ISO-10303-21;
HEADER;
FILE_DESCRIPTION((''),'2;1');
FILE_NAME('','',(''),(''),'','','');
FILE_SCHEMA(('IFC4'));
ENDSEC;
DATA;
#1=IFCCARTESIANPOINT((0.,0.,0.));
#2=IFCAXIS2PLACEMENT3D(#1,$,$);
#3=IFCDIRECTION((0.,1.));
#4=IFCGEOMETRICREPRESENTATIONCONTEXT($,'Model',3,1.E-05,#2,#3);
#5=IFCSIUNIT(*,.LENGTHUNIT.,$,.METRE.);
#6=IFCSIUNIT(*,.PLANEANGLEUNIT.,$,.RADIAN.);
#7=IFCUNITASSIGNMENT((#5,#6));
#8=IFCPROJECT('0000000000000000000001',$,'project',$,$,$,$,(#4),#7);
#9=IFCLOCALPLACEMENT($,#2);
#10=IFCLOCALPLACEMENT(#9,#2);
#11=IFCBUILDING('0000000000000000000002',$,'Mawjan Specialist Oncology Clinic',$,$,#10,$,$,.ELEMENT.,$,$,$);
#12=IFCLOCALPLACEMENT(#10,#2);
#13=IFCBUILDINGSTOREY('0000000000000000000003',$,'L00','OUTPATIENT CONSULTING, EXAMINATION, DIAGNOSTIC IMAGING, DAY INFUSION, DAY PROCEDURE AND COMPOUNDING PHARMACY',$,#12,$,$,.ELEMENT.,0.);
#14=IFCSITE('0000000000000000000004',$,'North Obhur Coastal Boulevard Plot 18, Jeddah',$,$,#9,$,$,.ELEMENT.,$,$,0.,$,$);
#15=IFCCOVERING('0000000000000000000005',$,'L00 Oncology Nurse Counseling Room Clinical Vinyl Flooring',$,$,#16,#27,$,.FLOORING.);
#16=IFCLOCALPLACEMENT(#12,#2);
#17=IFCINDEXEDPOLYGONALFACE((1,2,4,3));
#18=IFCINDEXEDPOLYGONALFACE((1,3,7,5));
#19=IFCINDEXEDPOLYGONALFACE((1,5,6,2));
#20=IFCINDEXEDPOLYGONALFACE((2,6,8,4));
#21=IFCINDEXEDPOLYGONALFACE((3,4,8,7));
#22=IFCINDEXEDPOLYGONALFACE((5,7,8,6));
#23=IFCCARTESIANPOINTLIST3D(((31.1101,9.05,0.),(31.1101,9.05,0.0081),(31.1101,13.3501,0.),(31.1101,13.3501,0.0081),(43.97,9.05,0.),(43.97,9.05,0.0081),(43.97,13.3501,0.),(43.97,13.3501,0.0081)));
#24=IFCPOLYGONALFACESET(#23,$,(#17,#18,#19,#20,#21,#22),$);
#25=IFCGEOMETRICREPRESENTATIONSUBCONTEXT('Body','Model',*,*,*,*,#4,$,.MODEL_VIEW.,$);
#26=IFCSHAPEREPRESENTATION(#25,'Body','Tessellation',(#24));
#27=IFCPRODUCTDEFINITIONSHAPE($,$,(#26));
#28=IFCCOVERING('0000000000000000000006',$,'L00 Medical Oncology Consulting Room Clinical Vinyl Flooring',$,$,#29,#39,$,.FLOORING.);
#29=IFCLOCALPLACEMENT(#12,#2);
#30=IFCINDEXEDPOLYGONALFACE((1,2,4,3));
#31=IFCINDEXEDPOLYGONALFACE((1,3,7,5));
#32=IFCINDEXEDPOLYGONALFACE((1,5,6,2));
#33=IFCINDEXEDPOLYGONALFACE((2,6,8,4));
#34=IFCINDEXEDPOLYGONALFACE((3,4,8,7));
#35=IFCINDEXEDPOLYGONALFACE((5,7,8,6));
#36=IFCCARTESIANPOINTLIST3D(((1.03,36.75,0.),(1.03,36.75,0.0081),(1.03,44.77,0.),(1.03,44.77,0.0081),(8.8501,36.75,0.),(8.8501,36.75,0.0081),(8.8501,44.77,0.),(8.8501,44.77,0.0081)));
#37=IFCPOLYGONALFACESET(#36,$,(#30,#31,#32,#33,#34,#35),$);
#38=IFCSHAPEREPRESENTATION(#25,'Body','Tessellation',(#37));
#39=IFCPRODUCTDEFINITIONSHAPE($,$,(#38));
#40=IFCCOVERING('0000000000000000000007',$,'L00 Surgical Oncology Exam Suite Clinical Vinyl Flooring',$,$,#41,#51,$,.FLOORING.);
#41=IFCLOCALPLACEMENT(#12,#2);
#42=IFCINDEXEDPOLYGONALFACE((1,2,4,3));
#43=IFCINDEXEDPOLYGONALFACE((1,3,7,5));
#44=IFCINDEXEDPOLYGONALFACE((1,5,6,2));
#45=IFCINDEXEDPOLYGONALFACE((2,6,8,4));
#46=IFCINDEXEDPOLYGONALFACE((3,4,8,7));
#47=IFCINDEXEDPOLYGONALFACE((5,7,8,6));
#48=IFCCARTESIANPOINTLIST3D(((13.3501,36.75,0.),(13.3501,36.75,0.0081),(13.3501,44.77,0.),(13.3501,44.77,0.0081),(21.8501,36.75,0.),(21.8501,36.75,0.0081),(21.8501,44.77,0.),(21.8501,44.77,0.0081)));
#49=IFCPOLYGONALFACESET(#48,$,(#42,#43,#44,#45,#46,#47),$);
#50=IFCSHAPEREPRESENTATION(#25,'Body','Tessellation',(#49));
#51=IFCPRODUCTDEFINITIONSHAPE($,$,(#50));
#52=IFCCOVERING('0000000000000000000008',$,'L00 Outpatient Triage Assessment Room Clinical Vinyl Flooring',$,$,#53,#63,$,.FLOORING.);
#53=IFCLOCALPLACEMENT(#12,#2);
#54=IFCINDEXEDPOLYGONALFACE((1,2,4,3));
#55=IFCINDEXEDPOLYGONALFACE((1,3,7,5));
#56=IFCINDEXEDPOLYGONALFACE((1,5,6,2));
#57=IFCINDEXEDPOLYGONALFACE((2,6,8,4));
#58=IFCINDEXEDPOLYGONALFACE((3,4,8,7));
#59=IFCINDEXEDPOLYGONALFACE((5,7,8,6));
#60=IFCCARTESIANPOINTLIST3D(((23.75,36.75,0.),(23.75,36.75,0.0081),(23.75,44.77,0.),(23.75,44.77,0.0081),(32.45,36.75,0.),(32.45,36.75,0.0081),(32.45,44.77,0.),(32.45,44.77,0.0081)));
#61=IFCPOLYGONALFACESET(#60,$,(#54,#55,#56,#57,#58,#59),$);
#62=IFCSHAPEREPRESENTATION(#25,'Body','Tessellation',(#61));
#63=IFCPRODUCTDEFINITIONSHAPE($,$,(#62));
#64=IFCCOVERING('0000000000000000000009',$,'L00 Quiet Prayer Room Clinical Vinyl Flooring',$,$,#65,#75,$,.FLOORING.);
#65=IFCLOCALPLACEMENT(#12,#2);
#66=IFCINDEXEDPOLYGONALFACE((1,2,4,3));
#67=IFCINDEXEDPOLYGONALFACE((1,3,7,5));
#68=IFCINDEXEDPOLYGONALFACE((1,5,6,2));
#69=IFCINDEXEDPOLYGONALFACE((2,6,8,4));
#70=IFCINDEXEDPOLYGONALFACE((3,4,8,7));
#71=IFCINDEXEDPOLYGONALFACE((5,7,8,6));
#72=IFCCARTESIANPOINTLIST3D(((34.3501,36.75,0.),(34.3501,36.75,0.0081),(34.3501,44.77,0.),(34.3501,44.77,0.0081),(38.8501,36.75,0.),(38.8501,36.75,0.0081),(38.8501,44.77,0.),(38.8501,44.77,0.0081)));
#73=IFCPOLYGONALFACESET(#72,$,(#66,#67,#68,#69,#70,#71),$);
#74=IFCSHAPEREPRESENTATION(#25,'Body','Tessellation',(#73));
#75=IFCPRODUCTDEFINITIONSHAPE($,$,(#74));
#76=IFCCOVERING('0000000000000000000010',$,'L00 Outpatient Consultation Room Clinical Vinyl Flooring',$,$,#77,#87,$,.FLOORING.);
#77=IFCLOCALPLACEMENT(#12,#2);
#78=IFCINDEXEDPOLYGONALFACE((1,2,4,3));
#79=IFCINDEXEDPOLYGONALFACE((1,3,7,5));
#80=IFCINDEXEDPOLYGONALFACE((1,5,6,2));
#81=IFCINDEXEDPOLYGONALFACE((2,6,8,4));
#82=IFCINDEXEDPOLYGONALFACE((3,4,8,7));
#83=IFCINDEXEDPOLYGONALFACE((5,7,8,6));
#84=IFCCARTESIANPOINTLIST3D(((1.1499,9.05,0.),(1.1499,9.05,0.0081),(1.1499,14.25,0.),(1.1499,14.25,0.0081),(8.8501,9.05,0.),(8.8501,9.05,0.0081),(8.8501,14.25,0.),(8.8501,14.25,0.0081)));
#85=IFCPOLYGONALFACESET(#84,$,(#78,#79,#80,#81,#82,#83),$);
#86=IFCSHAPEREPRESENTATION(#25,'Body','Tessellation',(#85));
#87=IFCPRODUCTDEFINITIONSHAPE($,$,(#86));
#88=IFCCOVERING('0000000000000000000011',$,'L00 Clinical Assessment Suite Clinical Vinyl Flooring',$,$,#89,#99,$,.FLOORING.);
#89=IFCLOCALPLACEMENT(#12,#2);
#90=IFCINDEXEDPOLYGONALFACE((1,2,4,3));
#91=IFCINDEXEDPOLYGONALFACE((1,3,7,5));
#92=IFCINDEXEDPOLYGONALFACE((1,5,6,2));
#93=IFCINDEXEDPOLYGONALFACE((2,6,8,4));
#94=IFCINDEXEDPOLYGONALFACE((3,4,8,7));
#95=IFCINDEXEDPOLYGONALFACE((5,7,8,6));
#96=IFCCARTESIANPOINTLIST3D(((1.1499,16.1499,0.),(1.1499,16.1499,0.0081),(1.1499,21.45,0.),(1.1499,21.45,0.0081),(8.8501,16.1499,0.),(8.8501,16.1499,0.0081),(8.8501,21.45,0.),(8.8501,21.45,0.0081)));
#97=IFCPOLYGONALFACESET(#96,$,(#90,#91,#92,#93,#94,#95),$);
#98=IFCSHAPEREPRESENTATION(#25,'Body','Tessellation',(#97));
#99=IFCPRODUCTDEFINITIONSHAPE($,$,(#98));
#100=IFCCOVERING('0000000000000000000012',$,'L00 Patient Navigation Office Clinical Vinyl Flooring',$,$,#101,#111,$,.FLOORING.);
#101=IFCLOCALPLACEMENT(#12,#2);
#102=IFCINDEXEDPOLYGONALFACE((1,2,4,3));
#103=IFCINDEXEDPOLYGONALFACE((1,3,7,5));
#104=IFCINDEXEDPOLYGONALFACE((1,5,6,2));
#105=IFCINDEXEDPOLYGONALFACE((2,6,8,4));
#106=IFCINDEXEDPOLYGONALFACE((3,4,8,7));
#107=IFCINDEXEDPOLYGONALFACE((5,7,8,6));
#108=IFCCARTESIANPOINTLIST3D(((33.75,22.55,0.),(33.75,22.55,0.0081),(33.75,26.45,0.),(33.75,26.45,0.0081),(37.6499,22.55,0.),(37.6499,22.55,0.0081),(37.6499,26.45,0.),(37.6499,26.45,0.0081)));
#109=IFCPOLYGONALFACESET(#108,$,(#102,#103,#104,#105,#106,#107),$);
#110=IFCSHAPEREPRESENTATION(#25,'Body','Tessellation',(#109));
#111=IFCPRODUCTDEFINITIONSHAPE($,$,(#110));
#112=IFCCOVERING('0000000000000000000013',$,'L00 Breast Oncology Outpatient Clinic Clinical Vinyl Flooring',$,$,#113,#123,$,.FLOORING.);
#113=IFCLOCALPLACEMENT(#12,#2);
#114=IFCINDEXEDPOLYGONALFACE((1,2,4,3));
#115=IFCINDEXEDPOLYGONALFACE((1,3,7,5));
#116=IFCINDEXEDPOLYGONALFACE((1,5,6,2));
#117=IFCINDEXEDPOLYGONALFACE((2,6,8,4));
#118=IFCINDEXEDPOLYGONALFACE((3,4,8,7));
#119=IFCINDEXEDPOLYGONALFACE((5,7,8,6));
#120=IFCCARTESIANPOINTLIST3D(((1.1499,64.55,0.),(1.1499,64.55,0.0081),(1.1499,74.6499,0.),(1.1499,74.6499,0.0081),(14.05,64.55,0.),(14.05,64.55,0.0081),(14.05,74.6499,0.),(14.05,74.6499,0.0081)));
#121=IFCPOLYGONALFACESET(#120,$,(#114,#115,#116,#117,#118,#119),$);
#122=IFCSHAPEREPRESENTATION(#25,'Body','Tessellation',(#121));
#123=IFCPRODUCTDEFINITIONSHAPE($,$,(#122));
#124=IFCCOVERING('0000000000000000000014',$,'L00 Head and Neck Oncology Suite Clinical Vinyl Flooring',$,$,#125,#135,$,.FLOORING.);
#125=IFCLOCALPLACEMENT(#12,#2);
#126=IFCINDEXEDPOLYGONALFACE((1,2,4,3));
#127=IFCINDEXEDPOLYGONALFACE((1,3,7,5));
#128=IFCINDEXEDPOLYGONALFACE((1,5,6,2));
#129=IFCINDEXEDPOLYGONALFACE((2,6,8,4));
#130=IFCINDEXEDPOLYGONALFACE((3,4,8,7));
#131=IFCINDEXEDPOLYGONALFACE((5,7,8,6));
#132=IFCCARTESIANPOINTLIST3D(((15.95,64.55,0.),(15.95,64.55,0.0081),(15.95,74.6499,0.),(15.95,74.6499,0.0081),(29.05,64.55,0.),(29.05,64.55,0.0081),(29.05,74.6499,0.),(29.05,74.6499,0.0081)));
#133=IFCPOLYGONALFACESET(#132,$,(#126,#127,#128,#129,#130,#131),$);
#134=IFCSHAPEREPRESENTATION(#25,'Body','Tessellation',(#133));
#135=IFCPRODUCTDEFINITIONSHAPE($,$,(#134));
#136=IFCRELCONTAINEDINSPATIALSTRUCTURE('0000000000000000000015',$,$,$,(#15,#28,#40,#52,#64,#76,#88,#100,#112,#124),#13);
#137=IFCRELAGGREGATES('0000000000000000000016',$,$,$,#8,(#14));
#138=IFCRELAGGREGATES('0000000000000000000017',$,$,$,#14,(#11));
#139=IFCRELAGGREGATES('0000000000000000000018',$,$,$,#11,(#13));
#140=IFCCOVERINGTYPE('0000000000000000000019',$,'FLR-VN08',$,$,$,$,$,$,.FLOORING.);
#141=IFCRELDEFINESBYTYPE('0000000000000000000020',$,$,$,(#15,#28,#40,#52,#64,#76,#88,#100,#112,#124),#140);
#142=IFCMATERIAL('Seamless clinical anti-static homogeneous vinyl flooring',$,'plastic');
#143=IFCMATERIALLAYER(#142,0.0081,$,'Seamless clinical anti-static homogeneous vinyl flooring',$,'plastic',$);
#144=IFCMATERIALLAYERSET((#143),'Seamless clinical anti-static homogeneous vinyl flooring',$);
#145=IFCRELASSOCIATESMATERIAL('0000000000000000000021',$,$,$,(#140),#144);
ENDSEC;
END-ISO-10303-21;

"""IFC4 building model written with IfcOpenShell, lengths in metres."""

from ifc_helpers import new_model, si_unit, direction, origin, place, context, subcontext, project, spatial, polyline, outline, extrude, material, layer, layer_set, type_object, element, save


model = new_model("IFC4")

# Units and contexts
model_context = context("Model", 3, precision=1e-05, world=origin(), true_north=direction((0.0, 1.0)))
body_context = subcontext(model_context, "Body", "Model", "MODEL_VIEW")
ifc_project = project(units=[si_unit("LENGTHUNIT", "METRE"), si_unit("PLANEANGLEUNIT", "RADIAN")], contexts=[model_context])

# Site, building, storey
site_placement = place(None, origin())
site = spatial("IfcSite", under=ifc_project, at=site_placement, Name="North Obhur Coastal Boulevard Plot 18, Jeddah", CompositionType="ELEMENT", RefElevation=0.0)
building_placement = place(site_placement, origin())
building = spatial("IfcBuilding", under=site, at=building_placement, Name="Mawjan Specialist Oncology Clinic", CompositionType="ELEMENT")
storey_placement = place(building_placement, origin())
storey = spatial("IfcBuildingStorey", under=building, at=storey_placement, Name="L00", Description="OUTPATIENT CONSULTING, EXAMINATION, DIAGNOSTIC IMAGING, DAY INFUSION, DAY PROCEDURE AND COMPOUNDING PHARMACY", CompositionType="ELEMENT", Elevation=0.0)

# Coverings
ifc_material_1 = material(Name="Seamless clinical anti-static homogeneous vinyl flooring", Category="plastic")
ifc_layer_1 = layer(ifc_material_1, 0.0081, Name="Seamless clinical anti-static homogeneous vinyl flooring", Category="plastic")
ifc_layer_set_1 = layer_set([ifc_layer_1], Name="Seamless clinical anti-static homogeneous vinyl flooring")
covering_type_1 = type_object("IfcCoveringType", Name="FLR-VN08", PredefinedType="FLOORING", material=ifc_layer_set_1)
covering_1_placement = place(storey_placement, origin())
element("IfcCovering", 1, at=covering_1_placement, inside=storey, type_object=covering_type_1, Name="L00 Oncology Nurse Counseling Room Clinical Vinyl Flooring", PredefinedType="FLOORING", context=body_context, shape_type="SweptSolid", body=[
    extrude(outline(polyline([(31.1101, 13.3501), (43.97, 13.3501), (43.97, 9.05), (31.1101, 9.05), (31.1101, 13.3501)])), origin(), (0.0, 0.0, 1.0), 0.0081),
])
covering_2_placement = place(storey_placement, origin())
element("IfcCovering", 2, at=covering_2_placement, inside=storey, type_object=covering_type_1, Name="L00 Medical Oncology Consulting Room Clinical Vinyl Flooring", PredefinedType="FLOORING", context=body_context, shape_type="SweptSolid", body=[
    extrude(outline(polyline([(1.03, 44.77), (8.8501, 44.77), (8.8501, 36.75), (1.03, 36.75), (1.03, 44.77)])), origin(), (0.0, 0.0, 1.0), 0.0081),
])
covering_3_placement = place(storey_placement, origin())
element("IfcCovering", 3, at=covering_3_placement, inside=storey, type_object=covering_type_1, Name="L00 Surgical Oncology Exam Suite Clinical Vinyl Flooring", PredefinedType="FLOORING", context=body_context, shape_type="SweptSolid", body=[
    extrude(outline(polyline([(13.3501, 44.77), (21.8501, 44.77), (21.8501, 36.75), (13.3501, 36.75), (13.3501, 44.77)])), origin(), (0.0, 0.0, 1.0), 0.0081),
])
covering_4_placement = place(storey_placement, origin())
element("IfcCovering", 4, at=covering_4_placement, inside=storey, type_object=covering_type_1, Name="L00 Outpatient Triage Assessment Room Clinical Vinyl Flooring", PredefinedType="FLOORING", context=body_context, shape_type="SweptSolid", body=[
    extrude(outline(polyline([(23.75, 44.77), (32.45, 44.77), (32.45, 36.75), (23.75, 36.75), (23.75, 44.77)])), origin(), (0.0, 0.0, 1.0), 0.0081),
])
covering_5_placement = place(storey_placement, origin())
element("IfcCovering", 5, at=covering_5_placement, inside=storey, type_object=covering_type_1, Name="L00 Quiet Prayer Room Clinical Vinyl Flooring", PredefinedType="FLOORING", context=body_context, shape_type="SweptSolid", body=[
    extrude(outline(polyline([(34.3501, 44.77), (38.8501, 44.77), (38.8501, 36.75), (34.3501, 36.75), (34.3501, 44.77)])), origin(), (0.0, 0.0, 1.0), 0.0081),
])
covering_6_placement = place(storey_placement, origin())
element("IfcCovering", 6, at=covering_6_placement, inside=storey, type_object=covering_type_1, Name="L00 Outpatient Consultation Room Clinical Vinyl Flooring", PredefinedType="FLOORING", context=body_context, shape_type="SweptSolid", body=[
    extrude(outline(polyline([(1.1499, 14.25), (8.8501, 14.25), (8.8501, 9.05), (1.1499, 9.05), (1.1499, 14.25)])), origin(), (0.0, 0.0, 1.0), 0.0081),
])
covering_7_placement = place(storey_placement, origin())
element("IfcCovering", 7, at=covering_7_placement, inside=storey, type_object=covering_type_1, Name="L00 Clinical Assessment Suite Clinical Vinyl Flooring", PredefinedType="FLOORING", context=body_context, shape_type="SweptSolid", body=[
    extrude(outline(polyline([(1.1499, 21.45), (8.8501, 21.45), (8.8501, 16.1499), (1.1499, 16.1499), (1.1499, 21.45)])), origin(), (0.0, 0.0, 1.0), 0.0081),
])
covering_8_placement = place(storey_placement, origin())
element("IfcCovering", 8, at=covering_8_placement, inside=storey, type_object=covering_type_1, Name="L00 Patient Navigation Office Clinical Vinyl Flooring", PredefinedType="FLOORING", context=body_context, shape_type="SweptSolid", body=[
    extrude(outline(polyline([(33.75, 26.45), (37.6499, 26.45), (37.6499, 22.55), (33.75, 22.55), (33.75, 26.45)])), origin(), (0.0, 0.0, 1.0), 0.0081),
])
covering_9_placement = place(storey_placement, origin())
element("IfcCovering", 9, at=covering_9_placement, inside=storey, type_object=covering_type_1, Name="L00 Breast Oncology Outpatient Clinic Clinical Vinyl Flooring", PredefinedType="FLOORING", context=body_context, shape_type="SweptSolid", body=[
    extrude(outline(polyline([(1.1499, 74.6499), (14.05, 74.6499), (14.05, 64.55), (1.1499, 64.55), (1.1499, 74.6499)])), origin(), (0.0, 0.0, 1.0), 0.0081),
])
covering_10_placement = place(storey_placement, origin())
element("IfcCovering", 10, at=covering_10_placement, inside=storey, type_object=covering_type_1, Name="L00 Head and Neck Oncology Suite Clinical Vinyl Flooring", PredefinedType="FLOORING", context=body_context, shape_type="SweptSolid", body=[
    extrude(outline(polyline([(15.95, 74.6499), (29.05, 74.6499), (29.05, 64.55), (15.95, 64.55), (15.95, 74.6499)])), origin(), (0.0, 0.0, 1.0), 0.0081),
])

save(model, "model.ifc")
